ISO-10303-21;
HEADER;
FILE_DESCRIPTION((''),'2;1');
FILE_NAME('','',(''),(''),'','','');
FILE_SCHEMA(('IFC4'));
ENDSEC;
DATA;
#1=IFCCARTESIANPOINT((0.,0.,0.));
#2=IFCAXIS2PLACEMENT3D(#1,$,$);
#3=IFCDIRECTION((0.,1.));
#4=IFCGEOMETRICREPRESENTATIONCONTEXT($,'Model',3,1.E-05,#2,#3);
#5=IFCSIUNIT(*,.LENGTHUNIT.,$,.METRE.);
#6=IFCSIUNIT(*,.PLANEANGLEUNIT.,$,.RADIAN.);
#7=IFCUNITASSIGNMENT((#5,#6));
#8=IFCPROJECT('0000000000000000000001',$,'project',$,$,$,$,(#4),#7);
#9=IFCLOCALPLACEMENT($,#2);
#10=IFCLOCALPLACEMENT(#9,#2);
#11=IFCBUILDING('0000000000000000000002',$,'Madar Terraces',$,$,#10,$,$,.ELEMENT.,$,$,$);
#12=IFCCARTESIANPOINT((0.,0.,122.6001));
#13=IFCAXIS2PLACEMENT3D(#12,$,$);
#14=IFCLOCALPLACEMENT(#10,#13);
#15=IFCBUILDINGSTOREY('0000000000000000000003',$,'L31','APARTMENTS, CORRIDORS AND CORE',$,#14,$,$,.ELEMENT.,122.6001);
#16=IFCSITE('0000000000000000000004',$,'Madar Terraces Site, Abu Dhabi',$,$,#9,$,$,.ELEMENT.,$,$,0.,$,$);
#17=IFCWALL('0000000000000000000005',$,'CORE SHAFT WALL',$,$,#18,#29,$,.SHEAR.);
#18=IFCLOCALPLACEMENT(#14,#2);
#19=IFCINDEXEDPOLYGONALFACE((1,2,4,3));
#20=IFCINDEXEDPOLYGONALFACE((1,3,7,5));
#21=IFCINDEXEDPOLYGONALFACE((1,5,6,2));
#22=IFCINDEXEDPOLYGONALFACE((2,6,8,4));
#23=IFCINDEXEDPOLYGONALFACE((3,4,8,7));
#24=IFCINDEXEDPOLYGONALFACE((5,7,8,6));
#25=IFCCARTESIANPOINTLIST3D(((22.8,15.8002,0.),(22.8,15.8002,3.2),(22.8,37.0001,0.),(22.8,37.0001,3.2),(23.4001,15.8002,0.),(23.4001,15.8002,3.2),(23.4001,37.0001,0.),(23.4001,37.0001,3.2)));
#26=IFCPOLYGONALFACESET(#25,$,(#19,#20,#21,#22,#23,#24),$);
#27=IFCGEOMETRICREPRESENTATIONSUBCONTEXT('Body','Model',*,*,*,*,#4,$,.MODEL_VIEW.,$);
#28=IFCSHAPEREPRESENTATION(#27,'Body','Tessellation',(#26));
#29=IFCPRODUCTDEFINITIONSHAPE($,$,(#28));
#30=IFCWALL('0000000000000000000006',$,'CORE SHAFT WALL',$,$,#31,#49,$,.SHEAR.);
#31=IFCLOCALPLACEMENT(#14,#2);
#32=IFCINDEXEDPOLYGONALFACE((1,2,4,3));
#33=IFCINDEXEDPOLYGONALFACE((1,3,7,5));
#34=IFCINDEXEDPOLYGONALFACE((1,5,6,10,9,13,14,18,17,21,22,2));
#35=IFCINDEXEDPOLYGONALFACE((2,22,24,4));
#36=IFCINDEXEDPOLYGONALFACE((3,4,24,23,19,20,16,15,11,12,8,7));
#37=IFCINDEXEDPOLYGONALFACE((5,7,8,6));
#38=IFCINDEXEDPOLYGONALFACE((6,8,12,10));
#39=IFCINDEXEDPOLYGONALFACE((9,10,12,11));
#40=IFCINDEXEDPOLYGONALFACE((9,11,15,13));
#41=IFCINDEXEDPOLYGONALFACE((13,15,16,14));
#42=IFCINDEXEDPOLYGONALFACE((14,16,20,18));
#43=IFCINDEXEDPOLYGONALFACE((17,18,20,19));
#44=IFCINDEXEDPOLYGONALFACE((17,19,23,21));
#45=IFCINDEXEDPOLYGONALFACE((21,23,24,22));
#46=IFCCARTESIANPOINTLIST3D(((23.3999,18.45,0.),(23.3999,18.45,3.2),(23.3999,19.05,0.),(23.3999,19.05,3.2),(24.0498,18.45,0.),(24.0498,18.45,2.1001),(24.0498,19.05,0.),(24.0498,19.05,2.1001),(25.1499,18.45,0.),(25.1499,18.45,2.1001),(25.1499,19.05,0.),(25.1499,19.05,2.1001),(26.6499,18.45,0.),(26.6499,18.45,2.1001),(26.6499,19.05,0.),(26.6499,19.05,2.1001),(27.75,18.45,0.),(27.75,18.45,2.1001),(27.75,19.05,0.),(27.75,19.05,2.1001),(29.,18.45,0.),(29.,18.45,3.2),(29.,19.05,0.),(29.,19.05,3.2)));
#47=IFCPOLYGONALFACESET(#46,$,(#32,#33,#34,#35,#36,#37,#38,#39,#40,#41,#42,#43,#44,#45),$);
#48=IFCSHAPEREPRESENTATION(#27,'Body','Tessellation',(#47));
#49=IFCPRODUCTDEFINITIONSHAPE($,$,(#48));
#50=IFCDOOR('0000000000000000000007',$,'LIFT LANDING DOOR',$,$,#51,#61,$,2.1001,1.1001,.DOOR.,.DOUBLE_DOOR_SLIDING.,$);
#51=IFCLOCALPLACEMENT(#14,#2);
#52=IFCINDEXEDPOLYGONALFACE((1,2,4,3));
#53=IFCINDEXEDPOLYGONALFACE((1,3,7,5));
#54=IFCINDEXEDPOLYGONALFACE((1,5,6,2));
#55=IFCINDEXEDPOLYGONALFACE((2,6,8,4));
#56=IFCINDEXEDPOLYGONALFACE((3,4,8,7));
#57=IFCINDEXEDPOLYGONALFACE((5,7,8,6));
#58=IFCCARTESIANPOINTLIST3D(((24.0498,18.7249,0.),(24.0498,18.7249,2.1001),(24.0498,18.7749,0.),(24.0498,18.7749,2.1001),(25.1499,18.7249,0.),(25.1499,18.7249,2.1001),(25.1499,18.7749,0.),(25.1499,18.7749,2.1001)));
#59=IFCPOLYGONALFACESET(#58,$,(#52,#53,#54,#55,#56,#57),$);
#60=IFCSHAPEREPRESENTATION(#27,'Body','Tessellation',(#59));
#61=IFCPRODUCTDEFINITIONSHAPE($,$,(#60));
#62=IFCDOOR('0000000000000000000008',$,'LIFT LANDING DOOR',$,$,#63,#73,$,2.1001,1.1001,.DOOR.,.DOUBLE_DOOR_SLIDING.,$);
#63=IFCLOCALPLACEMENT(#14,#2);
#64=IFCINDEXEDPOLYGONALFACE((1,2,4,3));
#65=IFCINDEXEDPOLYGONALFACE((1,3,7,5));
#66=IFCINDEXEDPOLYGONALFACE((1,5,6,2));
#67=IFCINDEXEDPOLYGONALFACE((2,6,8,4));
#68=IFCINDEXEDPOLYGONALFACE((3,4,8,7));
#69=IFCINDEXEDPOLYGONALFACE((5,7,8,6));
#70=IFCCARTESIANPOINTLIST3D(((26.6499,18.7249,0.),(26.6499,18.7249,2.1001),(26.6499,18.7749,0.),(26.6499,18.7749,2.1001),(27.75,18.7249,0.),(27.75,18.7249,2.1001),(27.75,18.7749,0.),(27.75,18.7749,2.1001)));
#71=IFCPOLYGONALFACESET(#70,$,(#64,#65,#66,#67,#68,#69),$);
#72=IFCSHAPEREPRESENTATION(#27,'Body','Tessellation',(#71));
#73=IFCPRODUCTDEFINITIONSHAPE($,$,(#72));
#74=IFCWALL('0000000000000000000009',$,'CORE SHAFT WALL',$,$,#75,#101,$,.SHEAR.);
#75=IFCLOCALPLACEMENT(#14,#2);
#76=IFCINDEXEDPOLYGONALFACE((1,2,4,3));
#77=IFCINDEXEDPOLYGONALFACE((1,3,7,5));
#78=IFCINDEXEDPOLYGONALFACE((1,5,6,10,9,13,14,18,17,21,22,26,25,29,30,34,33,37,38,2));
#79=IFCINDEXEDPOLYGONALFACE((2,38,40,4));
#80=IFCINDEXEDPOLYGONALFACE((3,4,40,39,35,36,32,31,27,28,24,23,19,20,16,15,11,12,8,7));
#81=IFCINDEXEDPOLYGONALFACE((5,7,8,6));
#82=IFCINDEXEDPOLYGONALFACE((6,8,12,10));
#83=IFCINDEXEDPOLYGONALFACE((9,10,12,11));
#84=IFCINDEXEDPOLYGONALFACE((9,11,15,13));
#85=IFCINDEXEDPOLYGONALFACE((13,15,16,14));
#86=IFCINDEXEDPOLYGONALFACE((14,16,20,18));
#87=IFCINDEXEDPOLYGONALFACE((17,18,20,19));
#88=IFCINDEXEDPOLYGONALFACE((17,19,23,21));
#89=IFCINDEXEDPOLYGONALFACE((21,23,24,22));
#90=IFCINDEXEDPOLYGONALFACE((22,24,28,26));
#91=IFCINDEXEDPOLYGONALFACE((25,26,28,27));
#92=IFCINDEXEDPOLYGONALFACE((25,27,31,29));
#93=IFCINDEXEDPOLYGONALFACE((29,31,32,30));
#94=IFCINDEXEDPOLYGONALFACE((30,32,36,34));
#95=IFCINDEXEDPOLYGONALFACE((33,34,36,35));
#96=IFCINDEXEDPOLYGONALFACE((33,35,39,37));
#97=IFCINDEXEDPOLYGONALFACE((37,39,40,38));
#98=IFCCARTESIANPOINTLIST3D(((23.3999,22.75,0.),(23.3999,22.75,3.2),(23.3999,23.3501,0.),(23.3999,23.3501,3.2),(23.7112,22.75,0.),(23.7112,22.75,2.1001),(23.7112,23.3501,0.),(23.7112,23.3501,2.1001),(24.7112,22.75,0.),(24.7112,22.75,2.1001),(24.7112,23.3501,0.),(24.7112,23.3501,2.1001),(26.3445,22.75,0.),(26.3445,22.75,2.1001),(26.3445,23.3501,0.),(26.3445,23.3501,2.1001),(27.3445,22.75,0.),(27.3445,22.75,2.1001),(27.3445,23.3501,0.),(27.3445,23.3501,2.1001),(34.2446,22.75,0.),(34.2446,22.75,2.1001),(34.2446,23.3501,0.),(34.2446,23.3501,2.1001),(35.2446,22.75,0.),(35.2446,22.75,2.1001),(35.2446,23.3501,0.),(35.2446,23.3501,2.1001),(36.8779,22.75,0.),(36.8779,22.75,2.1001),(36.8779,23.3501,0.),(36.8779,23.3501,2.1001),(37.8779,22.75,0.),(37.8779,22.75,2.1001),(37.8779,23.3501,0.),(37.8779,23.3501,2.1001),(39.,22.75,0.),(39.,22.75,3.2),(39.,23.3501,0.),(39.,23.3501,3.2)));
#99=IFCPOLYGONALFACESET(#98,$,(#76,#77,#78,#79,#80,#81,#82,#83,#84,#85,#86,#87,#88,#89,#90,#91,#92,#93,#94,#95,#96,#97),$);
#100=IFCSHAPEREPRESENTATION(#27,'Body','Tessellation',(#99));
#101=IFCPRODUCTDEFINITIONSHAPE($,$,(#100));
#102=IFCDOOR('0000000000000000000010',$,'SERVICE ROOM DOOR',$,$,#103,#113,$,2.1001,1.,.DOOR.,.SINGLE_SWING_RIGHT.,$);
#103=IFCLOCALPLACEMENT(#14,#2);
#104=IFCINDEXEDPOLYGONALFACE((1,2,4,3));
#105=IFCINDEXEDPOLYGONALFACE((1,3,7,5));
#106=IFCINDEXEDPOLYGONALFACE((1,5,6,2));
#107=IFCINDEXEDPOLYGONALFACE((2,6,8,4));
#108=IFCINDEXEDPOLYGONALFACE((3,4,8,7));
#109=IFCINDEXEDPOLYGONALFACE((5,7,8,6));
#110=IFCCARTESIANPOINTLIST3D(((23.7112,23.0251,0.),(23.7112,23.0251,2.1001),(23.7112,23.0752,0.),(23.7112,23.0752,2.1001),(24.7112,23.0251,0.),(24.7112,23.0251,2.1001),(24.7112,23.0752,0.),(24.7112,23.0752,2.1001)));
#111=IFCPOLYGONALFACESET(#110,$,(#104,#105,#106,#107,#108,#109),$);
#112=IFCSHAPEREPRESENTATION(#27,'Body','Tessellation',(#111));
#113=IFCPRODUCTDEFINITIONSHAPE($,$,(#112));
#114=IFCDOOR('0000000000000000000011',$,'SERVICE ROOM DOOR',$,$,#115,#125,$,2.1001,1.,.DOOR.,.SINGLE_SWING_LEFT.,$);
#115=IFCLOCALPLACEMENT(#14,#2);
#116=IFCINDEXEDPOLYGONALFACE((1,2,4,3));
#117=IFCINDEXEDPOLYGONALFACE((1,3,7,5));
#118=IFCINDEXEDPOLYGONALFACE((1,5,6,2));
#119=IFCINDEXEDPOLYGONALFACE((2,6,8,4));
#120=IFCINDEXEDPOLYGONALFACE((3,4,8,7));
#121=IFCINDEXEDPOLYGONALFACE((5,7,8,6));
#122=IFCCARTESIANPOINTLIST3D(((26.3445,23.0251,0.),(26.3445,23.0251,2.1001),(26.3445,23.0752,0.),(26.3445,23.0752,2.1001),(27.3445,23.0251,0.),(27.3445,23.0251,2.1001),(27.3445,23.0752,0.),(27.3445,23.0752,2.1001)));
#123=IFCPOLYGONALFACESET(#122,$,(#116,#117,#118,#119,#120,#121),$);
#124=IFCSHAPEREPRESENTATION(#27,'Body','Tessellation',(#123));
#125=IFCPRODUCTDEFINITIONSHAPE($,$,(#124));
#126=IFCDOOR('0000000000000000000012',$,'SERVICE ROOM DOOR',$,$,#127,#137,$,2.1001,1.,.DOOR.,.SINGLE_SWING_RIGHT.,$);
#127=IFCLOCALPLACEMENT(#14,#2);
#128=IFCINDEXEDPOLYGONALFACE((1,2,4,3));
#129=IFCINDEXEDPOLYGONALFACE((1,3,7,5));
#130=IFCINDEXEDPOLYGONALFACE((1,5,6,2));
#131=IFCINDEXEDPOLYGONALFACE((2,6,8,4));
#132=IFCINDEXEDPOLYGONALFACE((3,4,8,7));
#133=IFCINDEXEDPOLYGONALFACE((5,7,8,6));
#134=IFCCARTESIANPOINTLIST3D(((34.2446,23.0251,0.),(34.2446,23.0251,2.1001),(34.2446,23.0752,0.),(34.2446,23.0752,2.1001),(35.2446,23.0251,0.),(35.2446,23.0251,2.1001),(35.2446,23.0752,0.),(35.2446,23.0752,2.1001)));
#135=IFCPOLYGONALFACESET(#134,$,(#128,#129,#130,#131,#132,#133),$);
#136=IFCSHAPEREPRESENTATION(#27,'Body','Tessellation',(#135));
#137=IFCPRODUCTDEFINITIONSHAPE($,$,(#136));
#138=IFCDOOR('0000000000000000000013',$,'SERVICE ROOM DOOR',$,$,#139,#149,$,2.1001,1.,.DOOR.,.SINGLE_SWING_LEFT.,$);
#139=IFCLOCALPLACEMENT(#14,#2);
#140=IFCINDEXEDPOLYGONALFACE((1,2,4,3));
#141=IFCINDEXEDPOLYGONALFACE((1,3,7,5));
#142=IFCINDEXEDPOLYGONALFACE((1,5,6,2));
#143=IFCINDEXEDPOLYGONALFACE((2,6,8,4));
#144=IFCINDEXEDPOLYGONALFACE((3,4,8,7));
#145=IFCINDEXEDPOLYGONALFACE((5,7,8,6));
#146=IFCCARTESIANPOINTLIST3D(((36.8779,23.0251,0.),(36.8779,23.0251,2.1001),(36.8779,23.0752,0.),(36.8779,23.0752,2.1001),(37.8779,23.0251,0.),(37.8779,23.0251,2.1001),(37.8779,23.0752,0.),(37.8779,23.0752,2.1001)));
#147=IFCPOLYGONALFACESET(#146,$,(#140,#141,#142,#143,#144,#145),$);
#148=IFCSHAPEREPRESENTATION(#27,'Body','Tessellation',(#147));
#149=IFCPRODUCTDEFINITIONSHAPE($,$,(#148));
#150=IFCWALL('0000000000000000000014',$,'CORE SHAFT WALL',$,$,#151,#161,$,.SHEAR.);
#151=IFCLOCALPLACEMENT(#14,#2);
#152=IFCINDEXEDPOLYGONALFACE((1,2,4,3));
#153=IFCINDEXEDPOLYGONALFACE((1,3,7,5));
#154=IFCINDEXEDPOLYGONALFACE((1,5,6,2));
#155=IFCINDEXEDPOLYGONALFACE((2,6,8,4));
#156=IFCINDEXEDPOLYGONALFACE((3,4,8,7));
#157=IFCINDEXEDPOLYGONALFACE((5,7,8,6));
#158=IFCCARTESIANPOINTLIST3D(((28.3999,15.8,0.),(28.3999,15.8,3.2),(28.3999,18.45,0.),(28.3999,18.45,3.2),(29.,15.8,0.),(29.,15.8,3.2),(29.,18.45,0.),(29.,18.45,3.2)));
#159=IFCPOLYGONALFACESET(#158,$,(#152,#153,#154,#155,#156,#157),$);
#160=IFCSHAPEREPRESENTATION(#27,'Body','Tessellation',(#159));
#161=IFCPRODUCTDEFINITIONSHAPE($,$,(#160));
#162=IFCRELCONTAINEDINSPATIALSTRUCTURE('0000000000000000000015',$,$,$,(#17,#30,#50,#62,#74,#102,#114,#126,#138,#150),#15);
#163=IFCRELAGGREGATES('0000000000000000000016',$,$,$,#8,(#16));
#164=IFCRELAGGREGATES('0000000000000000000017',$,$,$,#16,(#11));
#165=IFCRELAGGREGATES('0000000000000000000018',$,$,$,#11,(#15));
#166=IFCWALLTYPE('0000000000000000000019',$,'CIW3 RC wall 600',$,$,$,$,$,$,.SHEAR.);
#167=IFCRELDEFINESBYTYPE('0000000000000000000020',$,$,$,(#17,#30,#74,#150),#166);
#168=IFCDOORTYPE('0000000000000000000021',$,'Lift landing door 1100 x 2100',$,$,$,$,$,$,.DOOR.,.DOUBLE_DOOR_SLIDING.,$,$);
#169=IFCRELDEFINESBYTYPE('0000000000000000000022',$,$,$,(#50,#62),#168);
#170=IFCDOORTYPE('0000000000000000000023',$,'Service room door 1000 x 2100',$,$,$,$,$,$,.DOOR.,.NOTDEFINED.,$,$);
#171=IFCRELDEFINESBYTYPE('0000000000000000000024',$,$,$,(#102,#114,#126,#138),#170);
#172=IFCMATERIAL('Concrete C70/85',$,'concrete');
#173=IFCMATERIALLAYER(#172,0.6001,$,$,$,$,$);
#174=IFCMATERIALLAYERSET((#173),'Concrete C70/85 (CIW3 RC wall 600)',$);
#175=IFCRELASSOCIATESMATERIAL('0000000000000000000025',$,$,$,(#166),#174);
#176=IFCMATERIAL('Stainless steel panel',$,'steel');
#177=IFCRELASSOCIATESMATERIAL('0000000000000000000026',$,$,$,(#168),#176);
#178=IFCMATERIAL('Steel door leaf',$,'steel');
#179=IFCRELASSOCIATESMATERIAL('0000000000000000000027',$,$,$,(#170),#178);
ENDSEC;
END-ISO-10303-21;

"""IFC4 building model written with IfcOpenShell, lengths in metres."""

from ifc_helpers import new_model, si_unit, direction, frame, frame_2d, origin, place, context, subcontext, project, spatial, rectangle, extrude, material, layer, layer_set, type_object, element, fill, save


model = new_model("IFC4")

# Units and contexts
model_context = context("Model", 3, precision=1e-05, world=origin(), true_north=direction((0.0, 1.0)))
body_context = subcontext(model_context, "Body", "Model", "MODEL_VIEW")
ifc_project = project(units=[si_unit("LENGTHUNIT", "METRE"), si_unit("PLANEANGLEUNIT", "RADIAN")], contexts=[model_context])

# Site, building, storey
site_placement = place(None, origin())
site = spatial("IfcSite", under=ifc_project, at=site_placement, Name="Madar Terraces Site, Abu Dhabi", CompositionType="ELEMENT", RefElevation=0.0)
building_placement = place(site_placement, origin())
building = spatial("IfcBuilding", under=site, at=building_placement, Name="Madar Terraces", CompositionType="ELEMENT")
storey_placement = place(building_placement, frame((0.0, 0.0, 122.6001)))
storey = spatial("IfcBuildingStorey", under=building, at=storey_placement, Name="L31", Description="APARTMENTS, CORRIDORS AND CORE", CompositionType="ELEMENT", Elevation=122.6001)

# Wall
ifc_material_1 = material(Name="Concrete C70/85", Category="concrete")
ifc_layer_1 = layer(ifc_material_1, 0.6001)
ifc_layer_set_1 = layer_set([ifc_layer_1], Name="Concrete C70/85 (CIW3 RC wall 600)")
wall_type_1 = type_object("IfcWallType", Name="CIW3 RC wall 600", PredefinedType="SHEAR", material=ifc_layer_set_1)
wall_1_placement = place(storey_placement, frame((23.1001, 15.8, 0.0), z_axis=(0.0, 0.0, 1.0), x_axis=(0.0, 1.0, 0.0)))
element("IfcWall", 1, at=wall_1_placement, inside=storey, type_object=wall_type_1, Name="CORE SHAFT WALL", PredefinedType="SHEAR", context=body_context, shape_type="SweptSolid", body=[
    extrude(rectangle(XDim=21.2, YDim=0.6001, at=frame_2d((10.6001, 0.0))), origin(), (0.0, 0.0, 1.0), 3.2),
])

# Walls, openings, doors
wall_2_placement = place(storey_placement, frame((23.3999, 18.75, 0.0), z_axis=(0.0, 0.0, 1.0), x_axis=(1.0, 0.0, 0.0)))
wall_2 = element("IfcWall", 2, at=wall_2_placement, inside=storey, type_object=wall_type_1, Name="CORE SHAFT WALL", PredefinedType="SHEAR", context=body_context, shape_type="SweptSolid", body=[
    extrude(rectangle(XDim=5.6001, YDim=0.6001, at=frame_2d((2.8, 0.0))), origin(), (0.0, 0.0, 1.0), 3.2),
])
opening_1_placement = place(wall_2_placement, frame((0.6499, 0.0, 0.0)))
opening_1 = element("IfcOpeningElement", 3, at=opening_1_placement, cuts=wall_2, PredefinedType="OPENING", context=body_context, shape_type="SweptSolid", body=[
    extrude(rectangle(XDim=1.1001, YDim=2.1001, at=frame_2d((0.55, 1.05))), frame((0.0, 0.3101, 0.0), z_axis=(0.0, -1.0, 0.0), x_axis=(1.0, 0.0, 0.0)), (0.0, 0.0, 1.0), 0.6201),
])
opening_2_placement = place(wall_2_placement, frame((3.25, 0.0, 0.0)))
opening_2 = element("IfcOpeningElement", 4, at=opening_2_placement, cuts=wall_2, PredefinedType="OPENING", context=body_context, shape_type="SweptSolid", body=[
    extrude(rectangle(XDim=1.1001, YDim=2.1001, at=frame_2d((0.55, 1.05))), frame((0.0, 0.3101, 0.0), z_axis=(0.0, -1.0, 0.0), x_axis=(1.0, 0.0, 0.0)), (0.0, 0.0, 1.0), 0.6201),
])
ifc_material_2 = material(Name="Stainless steel panel", Category="steel")
door_type_1 = type_object("IfcDoorType", Name="Lift landing door 1100 x 2100", OperationType="DOUBLE_DOOR_SLIDING", PredefinedType="DOOR", material=ifc_material_2)
door_1_placement = place(opening_1_placement, origin())
door_1 = element("IfcDoor", 5, at=door_1_placement, inside=storey, type_object=door_type_1, Name="LIFT LANDING DOOR", OperationType="DOUBLE_DOOR_SLIDING", OverallHeight=2.1001, OverallWidth=1.1001, PredefinedType="DOOR", context=body_context, shape_type="SweptSolid", body=[
    extrude(rectangle(XDim=1.1001, YDim=2.1001, at=frame_2d((0.55, 1.05))), frame((0.0, 0.0249, 0.0), z_axis=(0.0, -1.0, 0.0), x_axis=(1.0, 0.0, 0.0)), (0.0, 0.0, 1.0), 0.05),
])
fill(opening_1, door_1)
door_2_placement = place(opening_2_placement, origin())
door_2 = element("IfcDoor", 6, at=door_2_placement, inside=storey, type_object=door_type_1, Name="LIFT LANDING DOOR", OperationType="DOUBLE_DOOR_SLIDING", OverallHeight=2.1001, OverallWidth=1.1001, PredefinedType="DOOR", context=body_context, shape_type="SweptSolid", body=[
    extrude(rectangle(XDim=1.1001, YDim=2.1001, at=frame_2d((0.55, 1.05))), frame((0.0, 0.0249, 0.0), z_axis=(0.0, -1.0, 0.0), x_axis=(1.0, 0.0, 0.0)), (0.0, 0.0, 1.0), 0.05),
])
fill(opening_2, door_2)
wall_3_placement = place(storey_placement, frame((23.3999, 23.05, 0.0), z_axis=(0.0, 0.0, 1.0), x_axis=(1.0, 0.0, 0.0)))
wall_3 = element("IfcWall", 7, at=wall_3_placement, inside=storey, type_object=wall_type_1, Name="CORE SHAFT WALL", PredefinedType="SHEAR", context=body_context, shape_type="SweptSolid", body=[
    extrude(rectangle(XDim=15.6001, YDim=0.6001, at=frame_2d((7.8, 0.0))), origin(), (0.0, 0.0, 1.0), 3.2),
])
opening_3_placement = place(wall_3_placement, frame((0.3113, 0.0, 0.0)))
opening_3 = element("IfcOpeningElement", 8, at=opening_3_placement, cuts=wall_3, PredefinedType="OPENING", context=body_context, shape_type="SweptSolid", body=[
    extrude(rectangle(XDim=1.0, YDim=2.1001, at=frame_2d((0.5, 1.05))), frame((0.0, 0.3101, 0.0), z_axis=(0.0, -1.0, 0.0), x_axis=(1.0, 0.0, 0.0)), (0.0, 0.0, 1.0), 0.6201),
])
opening_4_placement = place(wall_3_placement, frame((2.9446, 0.0, 0.0)))
opening_4 = element("IfcOpeningElement", 9, at=opening_4_placement, cuts=wall_3, PredefinedType="OPENING", context=body_context, shape_type="SweptSolid", body=[
    extrude(rectangle(XDim=1.0, YDim=2.1001, at=frame_2d((0.5, 1.05))), frame((0.0, 0.3101, 0.0), z_axis=(0.0, -1.0, 0.0), x_axis=(1.0, 0.0, 0.0)), (0.0, 0.0, 1.0), 0.6201),
])
opening_5_placement = place(wall_3_placement, frame((10.8447, 0.0, 0.0)))
opening_5 = element("IfcOpeningElement", 10, at=opening_5_placement, cuts=wall_3, PredefinedType="OPENING", context=body_context, shape_type="SweptSolid", body=[
    extrude(rectangle(XDim=1.0, YDim=2.1001, at=frame_2d((0.5, 1.05))), frame((0.0, 0.3101, 0.0), z_axis=(0.0, -1.0, 0.0), x_axis=(1.0, 0.0, 0.0)), (0.0, 0.0, 1.0), 0.6201),
])
opening_6_placement = place(wall_3_placement, frame((13.478, 0.0, 0.0)))
opening_6 = element("IfcOpeningElement", 11, at=opening_6_placement, cuts=wall_3, PredefinedType="OPENING", context=body_context, shape_type="SweptSolid", body=[
    extrude(rectangle(XDim=1.0, YDim=2.1001, at=frame_2d((0.5, 1.05))), frame((0.0, 0.3101, 0.0), z_axis=(0.0, -1.0, 0.0), x_axis=(1.0, 0.0, 0.0)), (0.0, 0.0, 1.0), 0.6201),
])
ifc_material_3 = material(Name="Steel door leaf", Category="steel")
door_type_2 = type_object("IfcDoorType", Name="Service room door 1000 x 2100", OperationType="NOTDEFINED", PredefinedType="DOOR", material=ifc_material_3)
door_3_placement = place(opening_3_placement, frame((1.0, 0.0, 0.0), z_axis=(0.0, 0.0, 1.0), x_axis=(-1.0, 0.0, 0.0)))
door_3 = element("IfcDoor", 12, at=door_3_placement, inside=storey, type_object=door_type_2, Name="SERVICE ROOM DOOR", OperationType="SINGLE_SWING_RIGHT", OverallHeight=2.1001, OverallWidth=1.0, PredefinedType="DOOR", context=body_context, shape_type="SweptSolid", body=[
    extrude(rectangle(XDim=1.0, YDim=2.1001, at=frame_2d((0.5, 1.05))), frame((0.0, 0.0249, 0.0), z_axis=(0.0, -1.0, 0.0), x_axis=(1.0, 0.0, 0.0)), (0.0, 0.0, 1.0), 0.05),
])
fill(opening_3, door_3)
door_4_placement = place(opening_4_placement, frame((1.0, 0.0, 0.0), z_axis=(0.0, 0.0, 1.0), x_axis=(-1.0, 0.0, 0.0)))
door_4 = element("IfcDoor", 13, at=door_4_placement, inside=storey, type_object=door_type_2, Name="SERVICE ROOM DOOR", OperationType="SINGLE_SWING_LEFT", OverallHeight=2.1001, OverallWidth=1.0, PredefinedType="DOOR", context=body_context, shape_type="SweptSolid", body=[
    extrude(rectangle(XDim=1.0, YDim=2.1001, at=frame_2d((0.5, 1.05))), frame((0.0, 0.0249, 0.0), z_axis=(0.0, -1.0, 0.0), x_axis=(1.0, 0.0, 0.0)), (0.0, 0.0, 1.0), 0.05),
])
fill(opening_4, door_4)
door_5_placement = place(opening_5_placement, frame((1.0, 0.0, 0.0), z_axis=(0.0, 0.0, 1.0), x_axis=(-1.0, 0.0, 0.0)))
door_5 = element("IfcDoor", 14, at=door_5_placement, inside=storey, type_object=door_type_2, Name="SERVICE ROOM DOOR", OperationType="SINGLE_SWING_RIGHT", OverallHeight=2.1001, OverallWidth=1.0, PredefinedType="DOOR", context=body_context, shape_type="SweptSolid", body=[
    extrude(rectangle(XDim=1.0, YDim=2.1001, at=frame_2d((0.5, 1.05))), frame((0.0, 0.0249, 0.0), z_axis=(0.0, -1.0, 0.0), x_axis=(1.0, 0.0, 0.0)), (0.0, 0.0, 1.0), 0.05),
])
fill(opening_5, door_5)
door_6_placement = place(opening_6_placement, frame((1.0, 0.0, 0.0), z_axis=(0.0, 0.0, 1.0), x_axis=(-1.0, 0.0, 0.0)))
door_6 = element("IfcDoor", 15, at=door_6_placement, inside=storey, type_object=door_type_2, Name="SERVICE ROOM DOOR", OperationType="SINGLE_SWING_LEFT", OverallHeight=2.1001, OverallWidth=1.0, PredefinedType="DOOR", context=body_context, shape_type="SweptSolid", body=[
    extrude(rectangle(XDim=1.0, YDim=2.1001, at=frame_2d((0.5, 1.05))), frame((0.0, 0.0249, 0.0), z_axis=(0.0, -1.0, 0.0), x_axis=(1.0, 0.0, 0.0)), (0.0, 0.0, 1.0), 0.05),
])
fill(opening_6, door_6)

# Wall
wall_4_placement = place(storey_placement, frame((28.7, 15.8, 0.0), z_axis=(0.0, 0.0, 1.0), x_axis=(0.0, 1.0, 0.0)))
element("IfcWall", 16, at=wall_4_placement, inside=storey, type_object=wall_type_1, Name="CORE SHAFT WALL", PredefinedType="SHEAR", context=body_context, shape_type="SweptSolid", body=[
    extrude(rectangle(XDim=2.6499, YDim=0.6001, at=frame_2d((1.325, 0.0))), origin(), (0.0, 0.0, 1.0), 3.2),
])

save(model, "model.ifc")
